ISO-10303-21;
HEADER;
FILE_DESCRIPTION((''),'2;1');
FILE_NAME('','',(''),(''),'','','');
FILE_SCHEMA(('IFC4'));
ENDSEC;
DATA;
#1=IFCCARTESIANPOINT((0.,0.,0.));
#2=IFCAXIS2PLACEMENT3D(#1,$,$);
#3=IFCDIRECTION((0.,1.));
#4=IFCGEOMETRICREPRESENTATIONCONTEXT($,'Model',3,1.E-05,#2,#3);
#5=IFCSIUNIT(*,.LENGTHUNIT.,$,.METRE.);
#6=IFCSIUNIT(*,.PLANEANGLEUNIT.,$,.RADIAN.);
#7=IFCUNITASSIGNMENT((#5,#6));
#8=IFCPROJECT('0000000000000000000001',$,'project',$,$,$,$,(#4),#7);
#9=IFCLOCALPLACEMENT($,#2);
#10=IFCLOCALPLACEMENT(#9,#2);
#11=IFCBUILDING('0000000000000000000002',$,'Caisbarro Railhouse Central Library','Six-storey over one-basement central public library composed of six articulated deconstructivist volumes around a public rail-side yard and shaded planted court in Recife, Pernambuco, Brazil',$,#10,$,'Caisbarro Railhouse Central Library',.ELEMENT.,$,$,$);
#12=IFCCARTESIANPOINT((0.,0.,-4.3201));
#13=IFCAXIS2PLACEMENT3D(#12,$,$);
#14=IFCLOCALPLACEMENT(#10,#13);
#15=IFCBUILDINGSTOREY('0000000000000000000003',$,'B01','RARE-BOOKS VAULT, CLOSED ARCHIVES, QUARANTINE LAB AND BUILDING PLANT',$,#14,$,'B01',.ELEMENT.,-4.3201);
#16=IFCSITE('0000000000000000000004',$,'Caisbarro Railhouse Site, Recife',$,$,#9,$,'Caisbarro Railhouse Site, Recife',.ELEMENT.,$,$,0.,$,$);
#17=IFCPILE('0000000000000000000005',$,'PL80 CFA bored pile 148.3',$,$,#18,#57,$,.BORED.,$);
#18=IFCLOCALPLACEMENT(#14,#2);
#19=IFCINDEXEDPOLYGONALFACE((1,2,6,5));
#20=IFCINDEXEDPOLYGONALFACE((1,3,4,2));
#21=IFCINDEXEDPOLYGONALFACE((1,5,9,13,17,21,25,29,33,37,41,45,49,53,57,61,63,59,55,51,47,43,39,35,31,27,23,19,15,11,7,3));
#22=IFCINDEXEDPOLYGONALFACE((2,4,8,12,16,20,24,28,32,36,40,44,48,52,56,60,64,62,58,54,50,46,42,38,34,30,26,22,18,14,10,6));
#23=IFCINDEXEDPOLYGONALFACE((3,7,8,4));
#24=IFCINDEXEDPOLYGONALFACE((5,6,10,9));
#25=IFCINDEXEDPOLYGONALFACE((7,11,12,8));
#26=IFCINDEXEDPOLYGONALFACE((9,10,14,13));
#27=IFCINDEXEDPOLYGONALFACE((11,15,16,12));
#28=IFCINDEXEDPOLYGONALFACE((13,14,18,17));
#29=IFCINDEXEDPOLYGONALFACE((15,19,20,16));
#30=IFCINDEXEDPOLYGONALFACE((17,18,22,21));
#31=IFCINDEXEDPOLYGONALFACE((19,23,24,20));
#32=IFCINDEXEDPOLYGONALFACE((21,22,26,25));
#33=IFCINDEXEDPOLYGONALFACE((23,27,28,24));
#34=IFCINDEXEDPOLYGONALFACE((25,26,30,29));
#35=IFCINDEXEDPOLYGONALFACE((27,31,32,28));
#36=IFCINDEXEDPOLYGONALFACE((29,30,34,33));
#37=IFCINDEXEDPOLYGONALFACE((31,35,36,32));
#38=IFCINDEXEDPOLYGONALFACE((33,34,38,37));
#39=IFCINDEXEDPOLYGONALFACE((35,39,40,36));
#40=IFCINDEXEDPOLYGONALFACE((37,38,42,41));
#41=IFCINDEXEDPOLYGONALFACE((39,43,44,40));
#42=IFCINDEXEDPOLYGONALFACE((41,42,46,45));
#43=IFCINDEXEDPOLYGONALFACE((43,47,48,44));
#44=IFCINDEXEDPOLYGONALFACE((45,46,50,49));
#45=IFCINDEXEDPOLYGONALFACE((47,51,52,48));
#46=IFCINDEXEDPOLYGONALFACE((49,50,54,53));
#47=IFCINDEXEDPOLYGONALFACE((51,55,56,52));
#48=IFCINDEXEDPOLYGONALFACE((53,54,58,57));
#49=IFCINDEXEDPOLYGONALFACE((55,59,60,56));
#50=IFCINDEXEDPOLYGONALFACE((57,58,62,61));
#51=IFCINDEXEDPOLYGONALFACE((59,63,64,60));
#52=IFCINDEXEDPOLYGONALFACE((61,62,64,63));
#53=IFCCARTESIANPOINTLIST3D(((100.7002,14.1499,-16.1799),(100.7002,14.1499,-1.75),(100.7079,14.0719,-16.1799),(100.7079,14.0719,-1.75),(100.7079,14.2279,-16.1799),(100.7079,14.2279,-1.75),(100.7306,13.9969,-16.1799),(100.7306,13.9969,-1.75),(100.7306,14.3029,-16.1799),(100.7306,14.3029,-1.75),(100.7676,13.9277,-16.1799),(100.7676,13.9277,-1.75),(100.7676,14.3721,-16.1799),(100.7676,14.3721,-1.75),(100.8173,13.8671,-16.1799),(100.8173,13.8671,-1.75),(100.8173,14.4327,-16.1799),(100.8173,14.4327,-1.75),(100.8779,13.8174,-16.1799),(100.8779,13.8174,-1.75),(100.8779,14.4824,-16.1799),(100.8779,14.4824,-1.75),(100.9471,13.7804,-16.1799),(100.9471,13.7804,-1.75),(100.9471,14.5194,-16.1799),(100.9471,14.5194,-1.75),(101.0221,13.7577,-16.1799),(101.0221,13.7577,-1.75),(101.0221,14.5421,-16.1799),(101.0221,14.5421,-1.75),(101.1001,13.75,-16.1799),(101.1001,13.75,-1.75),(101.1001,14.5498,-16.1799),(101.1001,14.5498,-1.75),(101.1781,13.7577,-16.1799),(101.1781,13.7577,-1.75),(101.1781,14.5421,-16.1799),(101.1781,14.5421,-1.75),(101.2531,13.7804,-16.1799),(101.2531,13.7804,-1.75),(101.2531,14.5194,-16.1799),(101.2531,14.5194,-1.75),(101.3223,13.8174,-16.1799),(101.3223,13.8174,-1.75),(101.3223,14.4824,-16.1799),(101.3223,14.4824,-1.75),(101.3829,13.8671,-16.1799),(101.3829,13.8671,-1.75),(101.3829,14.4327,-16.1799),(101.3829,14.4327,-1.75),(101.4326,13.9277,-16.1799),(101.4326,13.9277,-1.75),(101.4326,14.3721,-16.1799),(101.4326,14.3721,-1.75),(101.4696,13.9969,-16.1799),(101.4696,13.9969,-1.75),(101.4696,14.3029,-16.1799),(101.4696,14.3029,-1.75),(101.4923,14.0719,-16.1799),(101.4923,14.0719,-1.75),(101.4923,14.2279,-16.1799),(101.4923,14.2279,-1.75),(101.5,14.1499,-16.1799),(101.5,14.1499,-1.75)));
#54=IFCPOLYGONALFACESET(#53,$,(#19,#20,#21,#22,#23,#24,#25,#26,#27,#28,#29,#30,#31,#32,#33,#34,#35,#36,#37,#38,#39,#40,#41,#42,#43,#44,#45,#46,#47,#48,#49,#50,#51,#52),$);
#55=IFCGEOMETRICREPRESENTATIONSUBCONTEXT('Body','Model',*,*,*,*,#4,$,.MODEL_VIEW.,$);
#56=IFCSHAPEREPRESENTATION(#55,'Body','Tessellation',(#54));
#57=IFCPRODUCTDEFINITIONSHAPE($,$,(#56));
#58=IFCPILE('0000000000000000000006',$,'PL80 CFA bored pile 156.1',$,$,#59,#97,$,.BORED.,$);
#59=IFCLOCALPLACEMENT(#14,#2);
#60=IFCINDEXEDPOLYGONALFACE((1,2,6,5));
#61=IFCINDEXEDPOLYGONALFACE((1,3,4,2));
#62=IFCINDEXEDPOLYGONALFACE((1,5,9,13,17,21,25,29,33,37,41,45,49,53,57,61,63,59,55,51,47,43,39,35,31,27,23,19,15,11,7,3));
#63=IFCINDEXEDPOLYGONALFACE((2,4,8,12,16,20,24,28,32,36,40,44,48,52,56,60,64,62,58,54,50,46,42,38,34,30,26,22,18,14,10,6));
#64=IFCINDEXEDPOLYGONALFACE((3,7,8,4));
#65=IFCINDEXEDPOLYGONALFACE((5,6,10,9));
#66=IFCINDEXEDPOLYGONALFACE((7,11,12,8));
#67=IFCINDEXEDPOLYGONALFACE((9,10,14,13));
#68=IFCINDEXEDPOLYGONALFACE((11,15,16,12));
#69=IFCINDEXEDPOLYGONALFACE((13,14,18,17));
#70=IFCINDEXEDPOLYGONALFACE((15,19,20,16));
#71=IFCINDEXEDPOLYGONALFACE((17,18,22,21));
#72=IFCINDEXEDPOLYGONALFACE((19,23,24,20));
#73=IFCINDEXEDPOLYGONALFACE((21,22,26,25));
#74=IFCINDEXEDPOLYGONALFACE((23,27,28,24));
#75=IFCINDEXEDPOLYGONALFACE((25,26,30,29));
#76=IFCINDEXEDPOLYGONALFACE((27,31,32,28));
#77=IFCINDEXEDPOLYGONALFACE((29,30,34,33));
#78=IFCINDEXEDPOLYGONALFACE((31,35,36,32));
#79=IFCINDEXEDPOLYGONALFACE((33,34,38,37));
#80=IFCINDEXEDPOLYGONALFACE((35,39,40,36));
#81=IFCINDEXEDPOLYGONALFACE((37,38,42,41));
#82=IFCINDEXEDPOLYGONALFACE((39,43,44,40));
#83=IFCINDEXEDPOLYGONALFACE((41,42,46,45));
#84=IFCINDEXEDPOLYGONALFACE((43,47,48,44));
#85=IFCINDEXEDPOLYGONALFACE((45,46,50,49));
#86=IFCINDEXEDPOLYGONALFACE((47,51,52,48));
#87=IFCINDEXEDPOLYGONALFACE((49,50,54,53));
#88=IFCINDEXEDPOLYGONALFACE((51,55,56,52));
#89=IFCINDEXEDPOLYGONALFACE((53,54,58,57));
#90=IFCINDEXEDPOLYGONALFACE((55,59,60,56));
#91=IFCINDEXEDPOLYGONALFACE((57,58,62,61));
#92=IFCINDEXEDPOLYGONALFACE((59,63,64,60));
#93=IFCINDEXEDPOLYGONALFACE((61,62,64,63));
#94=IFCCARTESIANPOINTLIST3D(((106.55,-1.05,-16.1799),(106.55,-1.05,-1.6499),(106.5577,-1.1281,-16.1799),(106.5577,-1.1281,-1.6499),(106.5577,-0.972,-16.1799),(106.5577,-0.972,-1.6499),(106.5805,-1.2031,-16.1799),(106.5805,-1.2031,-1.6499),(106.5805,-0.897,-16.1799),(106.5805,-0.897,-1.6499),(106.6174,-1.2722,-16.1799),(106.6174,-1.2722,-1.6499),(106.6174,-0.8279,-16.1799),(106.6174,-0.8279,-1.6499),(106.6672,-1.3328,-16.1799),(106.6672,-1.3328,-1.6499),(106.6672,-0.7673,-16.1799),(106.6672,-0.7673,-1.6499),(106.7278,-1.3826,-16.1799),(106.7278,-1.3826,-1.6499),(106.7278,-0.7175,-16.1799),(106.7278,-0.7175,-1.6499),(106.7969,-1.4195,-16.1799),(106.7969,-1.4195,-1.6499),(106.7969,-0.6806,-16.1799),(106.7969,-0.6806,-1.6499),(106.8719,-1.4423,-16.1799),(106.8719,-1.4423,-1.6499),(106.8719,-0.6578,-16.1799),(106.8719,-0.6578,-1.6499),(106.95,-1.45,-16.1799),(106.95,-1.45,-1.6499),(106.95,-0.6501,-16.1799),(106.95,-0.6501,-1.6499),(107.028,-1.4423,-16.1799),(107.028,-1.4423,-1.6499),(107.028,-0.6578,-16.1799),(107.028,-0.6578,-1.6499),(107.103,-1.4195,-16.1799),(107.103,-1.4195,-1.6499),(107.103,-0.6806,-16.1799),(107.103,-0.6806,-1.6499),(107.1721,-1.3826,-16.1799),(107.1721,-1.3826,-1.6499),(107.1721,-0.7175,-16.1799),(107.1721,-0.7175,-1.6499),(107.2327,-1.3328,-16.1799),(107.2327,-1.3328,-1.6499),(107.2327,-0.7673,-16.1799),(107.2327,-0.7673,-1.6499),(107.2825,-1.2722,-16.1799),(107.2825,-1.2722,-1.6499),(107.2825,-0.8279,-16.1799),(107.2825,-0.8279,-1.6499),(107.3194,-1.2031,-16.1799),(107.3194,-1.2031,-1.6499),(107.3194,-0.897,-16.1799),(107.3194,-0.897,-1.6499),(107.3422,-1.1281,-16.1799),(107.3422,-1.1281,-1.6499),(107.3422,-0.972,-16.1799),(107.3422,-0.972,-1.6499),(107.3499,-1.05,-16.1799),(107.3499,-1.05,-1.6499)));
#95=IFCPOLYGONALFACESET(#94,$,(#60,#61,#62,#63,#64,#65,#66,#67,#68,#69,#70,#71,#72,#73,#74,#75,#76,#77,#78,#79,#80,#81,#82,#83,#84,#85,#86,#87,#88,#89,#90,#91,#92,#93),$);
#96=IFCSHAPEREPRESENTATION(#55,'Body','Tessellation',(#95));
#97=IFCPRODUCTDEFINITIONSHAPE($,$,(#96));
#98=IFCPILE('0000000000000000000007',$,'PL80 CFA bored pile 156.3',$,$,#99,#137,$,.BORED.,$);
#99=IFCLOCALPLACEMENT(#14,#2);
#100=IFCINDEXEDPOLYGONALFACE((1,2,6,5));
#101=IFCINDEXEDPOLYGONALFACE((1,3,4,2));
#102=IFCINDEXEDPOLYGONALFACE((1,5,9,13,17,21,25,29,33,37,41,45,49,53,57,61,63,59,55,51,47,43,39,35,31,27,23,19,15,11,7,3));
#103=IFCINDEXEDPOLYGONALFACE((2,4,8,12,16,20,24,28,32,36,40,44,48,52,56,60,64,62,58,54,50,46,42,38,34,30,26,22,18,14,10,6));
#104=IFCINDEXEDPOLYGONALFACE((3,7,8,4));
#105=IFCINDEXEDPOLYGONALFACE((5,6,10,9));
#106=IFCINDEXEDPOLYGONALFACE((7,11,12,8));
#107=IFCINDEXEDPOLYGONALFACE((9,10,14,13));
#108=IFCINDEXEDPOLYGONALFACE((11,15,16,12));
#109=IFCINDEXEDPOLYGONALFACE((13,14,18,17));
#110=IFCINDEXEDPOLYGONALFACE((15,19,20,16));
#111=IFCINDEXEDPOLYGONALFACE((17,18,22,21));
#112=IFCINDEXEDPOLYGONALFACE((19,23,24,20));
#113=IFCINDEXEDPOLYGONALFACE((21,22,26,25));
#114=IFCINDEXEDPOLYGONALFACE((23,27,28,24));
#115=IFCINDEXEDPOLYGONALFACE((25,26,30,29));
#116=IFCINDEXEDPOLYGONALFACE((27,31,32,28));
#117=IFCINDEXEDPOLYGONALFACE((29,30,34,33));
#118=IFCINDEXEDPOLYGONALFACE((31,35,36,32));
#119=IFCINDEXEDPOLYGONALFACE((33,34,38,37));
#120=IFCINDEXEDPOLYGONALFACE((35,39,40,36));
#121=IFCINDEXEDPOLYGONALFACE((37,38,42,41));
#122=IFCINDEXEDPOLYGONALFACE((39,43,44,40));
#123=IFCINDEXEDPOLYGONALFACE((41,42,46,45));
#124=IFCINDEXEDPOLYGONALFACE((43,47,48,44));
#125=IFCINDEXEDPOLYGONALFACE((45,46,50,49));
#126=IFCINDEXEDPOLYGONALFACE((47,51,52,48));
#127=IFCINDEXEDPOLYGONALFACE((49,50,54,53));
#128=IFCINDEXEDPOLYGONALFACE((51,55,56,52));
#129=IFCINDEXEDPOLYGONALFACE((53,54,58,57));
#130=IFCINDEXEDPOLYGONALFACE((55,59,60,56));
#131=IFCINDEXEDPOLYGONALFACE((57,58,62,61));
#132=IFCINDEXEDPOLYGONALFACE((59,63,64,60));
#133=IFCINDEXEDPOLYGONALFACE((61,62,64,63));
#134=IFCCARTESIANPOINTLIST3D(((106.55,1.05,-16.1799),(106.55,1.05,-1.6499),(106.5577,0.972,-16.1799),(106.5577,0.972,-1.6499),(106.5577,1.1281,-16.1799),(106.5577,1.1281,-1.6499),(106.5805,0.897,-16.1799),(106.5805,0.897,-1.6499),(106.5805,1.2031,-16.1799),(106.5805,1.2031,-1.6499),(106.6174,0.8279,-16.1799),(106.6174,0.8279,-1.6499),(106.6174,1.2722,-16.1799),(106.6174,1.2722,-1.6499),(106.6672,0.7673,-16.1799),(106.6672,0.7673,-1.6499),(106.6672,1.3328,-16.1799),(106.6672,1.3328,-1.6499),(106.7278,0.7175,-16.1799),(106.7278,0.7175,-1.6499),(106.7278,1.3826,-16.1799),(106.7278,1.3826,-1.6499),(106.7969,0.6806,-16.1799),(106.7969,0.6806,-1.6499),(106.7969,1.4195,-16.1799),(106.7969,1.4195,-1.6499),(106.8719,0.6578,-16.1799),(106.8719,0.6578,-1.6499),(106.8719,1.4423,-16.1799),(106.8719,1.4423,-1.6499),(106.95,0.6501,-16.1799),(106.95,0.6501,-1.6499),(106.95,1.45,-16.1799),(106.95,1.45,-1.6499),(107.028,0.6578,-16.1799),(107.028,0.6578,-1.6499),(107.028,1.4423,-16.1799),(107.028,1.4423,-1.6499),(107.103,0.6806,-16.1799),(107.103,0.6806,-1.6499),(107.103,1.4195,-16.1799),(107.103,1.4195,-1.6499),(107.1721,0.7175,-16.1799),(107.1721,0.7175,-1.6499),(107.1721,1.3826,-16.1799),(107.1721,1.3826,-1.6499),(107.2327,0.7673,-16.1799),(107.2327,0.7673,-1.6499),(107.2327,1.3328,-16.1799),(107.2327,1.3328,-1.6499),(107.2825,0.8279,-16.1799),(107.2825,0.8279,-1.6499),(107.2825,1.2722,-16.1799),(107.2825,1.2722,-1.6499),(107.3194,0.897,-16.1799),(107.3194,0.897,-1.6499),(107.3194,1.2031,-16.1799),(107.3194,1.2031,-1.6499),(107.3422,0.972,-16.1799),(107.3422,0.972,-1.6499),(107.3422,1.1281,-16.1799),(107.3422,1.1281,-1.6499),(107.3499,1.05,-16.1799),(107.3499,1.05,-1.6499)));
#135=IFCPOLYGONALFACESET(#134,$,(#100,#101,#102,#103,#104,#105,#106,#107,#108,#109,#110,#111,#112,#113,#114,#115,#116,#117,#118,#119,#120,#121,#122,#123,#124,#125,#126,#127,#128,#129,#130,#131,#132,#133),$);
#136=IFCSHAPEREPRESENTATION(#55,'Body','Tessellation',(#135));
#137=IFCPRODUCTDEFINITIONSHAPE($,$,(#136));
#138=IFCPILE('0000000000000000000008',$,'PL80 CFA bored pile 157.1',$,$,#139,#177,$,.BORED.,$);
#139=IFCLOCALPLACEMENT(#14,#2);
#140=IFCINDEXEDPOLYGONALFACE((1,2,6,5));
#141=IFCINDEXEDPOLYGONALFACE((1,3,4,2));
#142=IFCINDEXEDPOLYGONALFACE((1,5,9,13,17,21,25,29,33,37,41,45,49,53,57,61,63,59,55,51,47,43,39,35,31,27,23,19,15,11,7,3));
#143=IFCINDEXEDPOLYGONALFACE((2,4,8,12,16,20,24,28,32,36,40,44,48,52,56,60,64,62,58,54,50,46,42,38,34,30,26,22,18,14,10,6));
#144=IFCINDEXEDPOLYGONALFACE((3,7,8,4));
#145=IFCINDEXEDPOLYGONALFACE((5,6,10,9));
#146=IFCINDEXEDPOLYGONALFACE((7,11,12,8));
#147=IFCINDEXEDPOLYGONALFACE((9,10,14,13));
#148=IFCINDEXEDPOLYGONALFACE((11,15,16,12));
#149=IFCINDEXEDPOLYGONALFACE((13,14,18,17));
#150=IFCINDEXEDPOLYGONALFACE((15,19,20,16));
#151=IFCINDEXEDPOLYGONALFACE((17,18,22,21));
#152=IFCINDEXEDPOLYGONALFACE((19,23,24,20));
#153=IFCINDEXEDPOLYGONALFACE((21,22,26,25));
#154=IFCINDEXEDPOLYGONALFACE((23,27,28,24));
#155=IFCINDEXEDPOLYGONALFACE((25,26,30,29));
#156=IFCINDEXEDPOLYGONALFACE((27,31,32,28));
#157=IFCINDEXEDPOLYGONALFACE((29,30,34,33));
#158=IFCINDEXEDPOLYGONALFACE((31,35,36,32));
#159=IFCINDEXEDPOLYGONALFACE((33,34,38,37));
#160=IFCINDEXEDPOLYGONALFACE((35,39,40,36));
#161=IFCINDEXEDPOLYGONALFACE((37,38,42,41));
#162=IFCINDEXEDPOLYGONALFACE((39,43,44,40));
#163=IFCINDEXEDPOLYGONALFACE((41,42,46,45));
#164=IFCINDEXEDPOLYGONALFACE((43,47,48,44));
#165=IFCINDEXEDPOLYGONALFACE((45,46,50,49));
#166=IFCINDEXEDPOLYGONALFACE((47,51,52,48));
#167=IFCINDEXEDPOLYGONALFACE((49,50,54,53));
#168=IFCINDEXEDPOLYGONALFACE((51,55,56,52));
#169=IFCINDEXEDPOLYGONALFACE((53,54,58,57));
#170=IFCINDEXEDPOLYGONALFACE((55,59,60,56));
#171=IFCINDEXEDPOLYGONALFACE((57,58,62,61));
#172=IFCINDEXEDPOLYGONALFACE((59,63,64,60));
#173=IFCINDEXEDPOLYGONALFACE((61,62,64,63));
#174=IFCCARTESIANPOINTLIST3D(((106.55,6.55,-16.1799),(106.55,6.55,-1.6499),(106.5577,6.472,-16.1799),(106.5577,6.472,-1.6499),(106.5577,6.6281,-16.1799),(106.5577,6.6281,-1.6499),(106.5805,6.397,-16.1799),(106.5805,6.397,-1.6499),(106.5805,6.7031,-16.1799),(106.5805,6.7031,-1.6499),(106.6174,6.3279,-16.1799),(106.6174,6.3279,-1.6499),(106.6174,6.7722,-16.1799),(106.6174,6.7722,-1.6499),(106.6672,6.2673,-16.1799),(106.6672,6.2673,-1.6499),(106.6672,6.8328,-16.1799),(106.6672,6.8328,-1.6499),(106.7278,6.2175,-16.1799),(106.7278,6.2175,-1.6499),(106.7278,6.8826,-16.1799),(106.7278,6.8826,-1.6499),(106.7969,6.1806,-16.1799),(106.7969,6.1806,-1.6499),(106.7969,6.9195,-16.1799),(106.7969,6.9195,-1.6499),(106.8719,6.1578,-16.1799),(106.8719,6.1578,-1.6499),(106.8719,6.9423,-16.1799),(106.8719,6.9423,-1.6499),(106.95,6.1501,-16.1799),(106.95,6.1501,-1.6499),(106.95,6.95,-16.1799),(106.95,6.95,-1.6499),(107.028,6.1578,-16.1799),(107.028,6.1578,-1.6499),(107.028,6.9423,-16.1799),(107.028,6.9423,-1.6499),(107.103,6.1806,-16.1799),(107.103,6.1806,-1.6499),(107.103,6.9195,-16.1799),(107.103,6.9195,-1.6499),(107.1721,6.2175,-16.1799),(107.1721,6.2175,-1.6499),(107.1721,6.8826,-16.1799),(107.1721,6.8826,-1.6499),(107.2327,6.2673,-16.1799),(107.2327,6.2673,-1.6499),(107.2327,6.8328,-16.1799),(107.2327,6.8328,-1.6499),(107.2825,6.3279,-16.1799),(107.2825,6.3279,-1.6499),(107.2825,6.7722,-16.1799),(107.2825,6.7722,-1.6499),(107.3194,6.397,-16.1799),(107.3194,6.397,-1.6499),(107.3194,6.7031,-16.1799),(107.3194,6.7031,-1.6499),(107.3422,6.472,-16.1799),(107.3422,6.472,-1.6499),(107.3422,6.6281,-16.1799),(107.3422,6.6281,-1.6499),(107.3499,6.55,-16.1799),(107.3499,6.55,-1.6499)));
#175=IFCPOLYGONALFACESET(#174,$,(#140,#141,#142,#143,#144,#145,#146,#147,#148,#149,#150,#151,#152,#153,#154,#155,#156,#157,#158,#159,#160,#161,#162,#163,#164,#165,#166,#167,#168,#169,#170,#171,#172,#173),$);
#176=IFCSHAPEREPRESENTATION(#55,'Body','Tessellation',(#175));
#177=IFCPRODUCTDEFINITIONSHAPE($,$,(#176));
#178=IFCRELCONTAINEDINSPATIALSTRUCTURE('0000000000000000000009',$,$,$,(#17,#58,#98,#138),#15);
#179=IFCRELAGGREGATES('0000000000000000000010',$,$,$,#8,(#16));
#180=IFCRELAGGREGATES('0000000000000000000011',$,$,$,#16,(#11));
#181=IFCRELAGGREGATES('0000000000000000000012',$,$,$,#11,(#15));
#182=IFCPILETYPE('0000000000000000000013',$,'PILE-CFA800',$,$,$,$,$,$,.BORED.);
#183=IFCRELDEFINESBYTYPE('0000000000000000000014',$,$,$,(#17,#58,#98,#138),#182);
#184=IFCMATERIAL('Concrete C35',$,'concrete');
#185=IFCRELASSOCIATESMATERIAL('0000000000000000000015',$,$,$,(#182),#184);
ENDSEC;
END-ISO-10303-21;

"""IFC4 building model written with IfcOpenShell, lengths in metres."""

from ifc_helpers import new_model, si_unit, direction, frame, origin, origin_2d, place, context, subcontext, project, spatial, circle, extrude, material, material_profile, profile_set, type_object, element, save


model = new_model("IFC4")

# Units and contexts
model_context = context("Model", 3, precision=1e-05, world=origin(), true_north=direction((0.0, 1.0)))
body_context = subcontext(model_context, "Body", "Model", "MODEL_VIEW")
ifc_project = project(units=[si_unit("LENGTHUNIT", "METRE"), si_unit("PLANEANGLEUNIT", "RADIAN")], contexts=[model_context])

# Site, building, storey
site_placement = place(None, origin())
site = spatial("IfcSite", under=ifc_project, at=site_placement, Name="Caisbarro Railhouse Site, Recife", LongName="Caisbarro Railhouse Site, Recife", CompositionType="ELEMENT", RefElevation=0.0)
building_placement = place(site_placement, origin())
building = spatial("IfcBuilding", under=site, at=building_placement, Name="Caisbarro Railhouse Central Library", Description="Six-storey over one-basement central public library composed of six articulated deconstructivist volumes around a public rail-side yard and shaded planted court in Recife, Pernambuco, Brazil", LongName="Caisbarro Railhouse Central Library", CompositionType="ELEMENT")
storey_placement = place(building_placement, frame((0.0, 0.0, -4.3201)))
storey = spatial("IfcBuildingStorey", under=building, at=storey_placement, Name="B01", Description="RARE-BOOKS VAULT, CLOSED ARCHIVES, QUARANTINE LAB AND BUILDING PLANT", LongName="B01", CompositionType="ELEMENT", Elevation=-4.3201)

# Piles
ifc_material_1 = material(Name="Concrete C35", Category="concrete")
ifc_material_profile_1 = material_profile(ifc_material_1, circle(Radius=0.3999, at=origin_2d()), Name="PILE-CFA-800")
ifc_profile_set_1 = profile_set([ifc_material_profile_1], Name="Concrete C35")
pile_type = type_object("IfcPileType", Name="PILE-CFA800", PredefinedType="BORED", material=ifc_profile_set_1)
for number, where, z_axis, x_axis, name in (
    (1, (101.1001, 14.1499, -1.75), (0.0, 0.0, -1.0), (1.0, 0.0, 0.0), "PL80 CFA bored pile 148.3"),
):
    element("IfcPile", number, at=place(storey_placement, frame(where, z_axis=z_axis, x_axis=x_axis)), inside=storey, type_object=pile_type, Name=name, PredefinedType="BORED", context=body_context, shape_type="SweptSolid", body=[
        extrude(circle(Radius=0.3999, at=origin_2d()), origin(), (0.0, 0.0, 1.0), 14.4299),
    ])
for number, where, z_axis, x_axis, name in (
    (2, (106.95, -1.05, -1.6499), (0.0, 0.0, -1.0), (1.0, 0.0, 0.0), "PL80 CFA bored pile 156.1"),
    (3, (106.95, 1.05, -1.6499), (0.0, 0.0, -1.0), (1.0, 0.0, 0.0), "PL80 CFA bored pile 156.3"),
    (4, (106.95, 6.55, -1.6499), (0.0, 0.0, -1.0), (1.0, 0.0, 0.0), "PL80 CFA bored pile 157.1"),
):
    element("IfcPile", number, at=place(storey_placement, frame(where, z_axis=z_axis, x_axis=x_axis)), inside=storey, type_object=pile_type, Name=name, PredefinedType="BORED", context=body_context, shape_type="SweptSolid", body=[
        extrude(circle(Radius=0.3999, at=origin_2d()), origin(), (0.0, 0.0, 1.0), 14.53),
    ])

save(model, "model.ifc")
